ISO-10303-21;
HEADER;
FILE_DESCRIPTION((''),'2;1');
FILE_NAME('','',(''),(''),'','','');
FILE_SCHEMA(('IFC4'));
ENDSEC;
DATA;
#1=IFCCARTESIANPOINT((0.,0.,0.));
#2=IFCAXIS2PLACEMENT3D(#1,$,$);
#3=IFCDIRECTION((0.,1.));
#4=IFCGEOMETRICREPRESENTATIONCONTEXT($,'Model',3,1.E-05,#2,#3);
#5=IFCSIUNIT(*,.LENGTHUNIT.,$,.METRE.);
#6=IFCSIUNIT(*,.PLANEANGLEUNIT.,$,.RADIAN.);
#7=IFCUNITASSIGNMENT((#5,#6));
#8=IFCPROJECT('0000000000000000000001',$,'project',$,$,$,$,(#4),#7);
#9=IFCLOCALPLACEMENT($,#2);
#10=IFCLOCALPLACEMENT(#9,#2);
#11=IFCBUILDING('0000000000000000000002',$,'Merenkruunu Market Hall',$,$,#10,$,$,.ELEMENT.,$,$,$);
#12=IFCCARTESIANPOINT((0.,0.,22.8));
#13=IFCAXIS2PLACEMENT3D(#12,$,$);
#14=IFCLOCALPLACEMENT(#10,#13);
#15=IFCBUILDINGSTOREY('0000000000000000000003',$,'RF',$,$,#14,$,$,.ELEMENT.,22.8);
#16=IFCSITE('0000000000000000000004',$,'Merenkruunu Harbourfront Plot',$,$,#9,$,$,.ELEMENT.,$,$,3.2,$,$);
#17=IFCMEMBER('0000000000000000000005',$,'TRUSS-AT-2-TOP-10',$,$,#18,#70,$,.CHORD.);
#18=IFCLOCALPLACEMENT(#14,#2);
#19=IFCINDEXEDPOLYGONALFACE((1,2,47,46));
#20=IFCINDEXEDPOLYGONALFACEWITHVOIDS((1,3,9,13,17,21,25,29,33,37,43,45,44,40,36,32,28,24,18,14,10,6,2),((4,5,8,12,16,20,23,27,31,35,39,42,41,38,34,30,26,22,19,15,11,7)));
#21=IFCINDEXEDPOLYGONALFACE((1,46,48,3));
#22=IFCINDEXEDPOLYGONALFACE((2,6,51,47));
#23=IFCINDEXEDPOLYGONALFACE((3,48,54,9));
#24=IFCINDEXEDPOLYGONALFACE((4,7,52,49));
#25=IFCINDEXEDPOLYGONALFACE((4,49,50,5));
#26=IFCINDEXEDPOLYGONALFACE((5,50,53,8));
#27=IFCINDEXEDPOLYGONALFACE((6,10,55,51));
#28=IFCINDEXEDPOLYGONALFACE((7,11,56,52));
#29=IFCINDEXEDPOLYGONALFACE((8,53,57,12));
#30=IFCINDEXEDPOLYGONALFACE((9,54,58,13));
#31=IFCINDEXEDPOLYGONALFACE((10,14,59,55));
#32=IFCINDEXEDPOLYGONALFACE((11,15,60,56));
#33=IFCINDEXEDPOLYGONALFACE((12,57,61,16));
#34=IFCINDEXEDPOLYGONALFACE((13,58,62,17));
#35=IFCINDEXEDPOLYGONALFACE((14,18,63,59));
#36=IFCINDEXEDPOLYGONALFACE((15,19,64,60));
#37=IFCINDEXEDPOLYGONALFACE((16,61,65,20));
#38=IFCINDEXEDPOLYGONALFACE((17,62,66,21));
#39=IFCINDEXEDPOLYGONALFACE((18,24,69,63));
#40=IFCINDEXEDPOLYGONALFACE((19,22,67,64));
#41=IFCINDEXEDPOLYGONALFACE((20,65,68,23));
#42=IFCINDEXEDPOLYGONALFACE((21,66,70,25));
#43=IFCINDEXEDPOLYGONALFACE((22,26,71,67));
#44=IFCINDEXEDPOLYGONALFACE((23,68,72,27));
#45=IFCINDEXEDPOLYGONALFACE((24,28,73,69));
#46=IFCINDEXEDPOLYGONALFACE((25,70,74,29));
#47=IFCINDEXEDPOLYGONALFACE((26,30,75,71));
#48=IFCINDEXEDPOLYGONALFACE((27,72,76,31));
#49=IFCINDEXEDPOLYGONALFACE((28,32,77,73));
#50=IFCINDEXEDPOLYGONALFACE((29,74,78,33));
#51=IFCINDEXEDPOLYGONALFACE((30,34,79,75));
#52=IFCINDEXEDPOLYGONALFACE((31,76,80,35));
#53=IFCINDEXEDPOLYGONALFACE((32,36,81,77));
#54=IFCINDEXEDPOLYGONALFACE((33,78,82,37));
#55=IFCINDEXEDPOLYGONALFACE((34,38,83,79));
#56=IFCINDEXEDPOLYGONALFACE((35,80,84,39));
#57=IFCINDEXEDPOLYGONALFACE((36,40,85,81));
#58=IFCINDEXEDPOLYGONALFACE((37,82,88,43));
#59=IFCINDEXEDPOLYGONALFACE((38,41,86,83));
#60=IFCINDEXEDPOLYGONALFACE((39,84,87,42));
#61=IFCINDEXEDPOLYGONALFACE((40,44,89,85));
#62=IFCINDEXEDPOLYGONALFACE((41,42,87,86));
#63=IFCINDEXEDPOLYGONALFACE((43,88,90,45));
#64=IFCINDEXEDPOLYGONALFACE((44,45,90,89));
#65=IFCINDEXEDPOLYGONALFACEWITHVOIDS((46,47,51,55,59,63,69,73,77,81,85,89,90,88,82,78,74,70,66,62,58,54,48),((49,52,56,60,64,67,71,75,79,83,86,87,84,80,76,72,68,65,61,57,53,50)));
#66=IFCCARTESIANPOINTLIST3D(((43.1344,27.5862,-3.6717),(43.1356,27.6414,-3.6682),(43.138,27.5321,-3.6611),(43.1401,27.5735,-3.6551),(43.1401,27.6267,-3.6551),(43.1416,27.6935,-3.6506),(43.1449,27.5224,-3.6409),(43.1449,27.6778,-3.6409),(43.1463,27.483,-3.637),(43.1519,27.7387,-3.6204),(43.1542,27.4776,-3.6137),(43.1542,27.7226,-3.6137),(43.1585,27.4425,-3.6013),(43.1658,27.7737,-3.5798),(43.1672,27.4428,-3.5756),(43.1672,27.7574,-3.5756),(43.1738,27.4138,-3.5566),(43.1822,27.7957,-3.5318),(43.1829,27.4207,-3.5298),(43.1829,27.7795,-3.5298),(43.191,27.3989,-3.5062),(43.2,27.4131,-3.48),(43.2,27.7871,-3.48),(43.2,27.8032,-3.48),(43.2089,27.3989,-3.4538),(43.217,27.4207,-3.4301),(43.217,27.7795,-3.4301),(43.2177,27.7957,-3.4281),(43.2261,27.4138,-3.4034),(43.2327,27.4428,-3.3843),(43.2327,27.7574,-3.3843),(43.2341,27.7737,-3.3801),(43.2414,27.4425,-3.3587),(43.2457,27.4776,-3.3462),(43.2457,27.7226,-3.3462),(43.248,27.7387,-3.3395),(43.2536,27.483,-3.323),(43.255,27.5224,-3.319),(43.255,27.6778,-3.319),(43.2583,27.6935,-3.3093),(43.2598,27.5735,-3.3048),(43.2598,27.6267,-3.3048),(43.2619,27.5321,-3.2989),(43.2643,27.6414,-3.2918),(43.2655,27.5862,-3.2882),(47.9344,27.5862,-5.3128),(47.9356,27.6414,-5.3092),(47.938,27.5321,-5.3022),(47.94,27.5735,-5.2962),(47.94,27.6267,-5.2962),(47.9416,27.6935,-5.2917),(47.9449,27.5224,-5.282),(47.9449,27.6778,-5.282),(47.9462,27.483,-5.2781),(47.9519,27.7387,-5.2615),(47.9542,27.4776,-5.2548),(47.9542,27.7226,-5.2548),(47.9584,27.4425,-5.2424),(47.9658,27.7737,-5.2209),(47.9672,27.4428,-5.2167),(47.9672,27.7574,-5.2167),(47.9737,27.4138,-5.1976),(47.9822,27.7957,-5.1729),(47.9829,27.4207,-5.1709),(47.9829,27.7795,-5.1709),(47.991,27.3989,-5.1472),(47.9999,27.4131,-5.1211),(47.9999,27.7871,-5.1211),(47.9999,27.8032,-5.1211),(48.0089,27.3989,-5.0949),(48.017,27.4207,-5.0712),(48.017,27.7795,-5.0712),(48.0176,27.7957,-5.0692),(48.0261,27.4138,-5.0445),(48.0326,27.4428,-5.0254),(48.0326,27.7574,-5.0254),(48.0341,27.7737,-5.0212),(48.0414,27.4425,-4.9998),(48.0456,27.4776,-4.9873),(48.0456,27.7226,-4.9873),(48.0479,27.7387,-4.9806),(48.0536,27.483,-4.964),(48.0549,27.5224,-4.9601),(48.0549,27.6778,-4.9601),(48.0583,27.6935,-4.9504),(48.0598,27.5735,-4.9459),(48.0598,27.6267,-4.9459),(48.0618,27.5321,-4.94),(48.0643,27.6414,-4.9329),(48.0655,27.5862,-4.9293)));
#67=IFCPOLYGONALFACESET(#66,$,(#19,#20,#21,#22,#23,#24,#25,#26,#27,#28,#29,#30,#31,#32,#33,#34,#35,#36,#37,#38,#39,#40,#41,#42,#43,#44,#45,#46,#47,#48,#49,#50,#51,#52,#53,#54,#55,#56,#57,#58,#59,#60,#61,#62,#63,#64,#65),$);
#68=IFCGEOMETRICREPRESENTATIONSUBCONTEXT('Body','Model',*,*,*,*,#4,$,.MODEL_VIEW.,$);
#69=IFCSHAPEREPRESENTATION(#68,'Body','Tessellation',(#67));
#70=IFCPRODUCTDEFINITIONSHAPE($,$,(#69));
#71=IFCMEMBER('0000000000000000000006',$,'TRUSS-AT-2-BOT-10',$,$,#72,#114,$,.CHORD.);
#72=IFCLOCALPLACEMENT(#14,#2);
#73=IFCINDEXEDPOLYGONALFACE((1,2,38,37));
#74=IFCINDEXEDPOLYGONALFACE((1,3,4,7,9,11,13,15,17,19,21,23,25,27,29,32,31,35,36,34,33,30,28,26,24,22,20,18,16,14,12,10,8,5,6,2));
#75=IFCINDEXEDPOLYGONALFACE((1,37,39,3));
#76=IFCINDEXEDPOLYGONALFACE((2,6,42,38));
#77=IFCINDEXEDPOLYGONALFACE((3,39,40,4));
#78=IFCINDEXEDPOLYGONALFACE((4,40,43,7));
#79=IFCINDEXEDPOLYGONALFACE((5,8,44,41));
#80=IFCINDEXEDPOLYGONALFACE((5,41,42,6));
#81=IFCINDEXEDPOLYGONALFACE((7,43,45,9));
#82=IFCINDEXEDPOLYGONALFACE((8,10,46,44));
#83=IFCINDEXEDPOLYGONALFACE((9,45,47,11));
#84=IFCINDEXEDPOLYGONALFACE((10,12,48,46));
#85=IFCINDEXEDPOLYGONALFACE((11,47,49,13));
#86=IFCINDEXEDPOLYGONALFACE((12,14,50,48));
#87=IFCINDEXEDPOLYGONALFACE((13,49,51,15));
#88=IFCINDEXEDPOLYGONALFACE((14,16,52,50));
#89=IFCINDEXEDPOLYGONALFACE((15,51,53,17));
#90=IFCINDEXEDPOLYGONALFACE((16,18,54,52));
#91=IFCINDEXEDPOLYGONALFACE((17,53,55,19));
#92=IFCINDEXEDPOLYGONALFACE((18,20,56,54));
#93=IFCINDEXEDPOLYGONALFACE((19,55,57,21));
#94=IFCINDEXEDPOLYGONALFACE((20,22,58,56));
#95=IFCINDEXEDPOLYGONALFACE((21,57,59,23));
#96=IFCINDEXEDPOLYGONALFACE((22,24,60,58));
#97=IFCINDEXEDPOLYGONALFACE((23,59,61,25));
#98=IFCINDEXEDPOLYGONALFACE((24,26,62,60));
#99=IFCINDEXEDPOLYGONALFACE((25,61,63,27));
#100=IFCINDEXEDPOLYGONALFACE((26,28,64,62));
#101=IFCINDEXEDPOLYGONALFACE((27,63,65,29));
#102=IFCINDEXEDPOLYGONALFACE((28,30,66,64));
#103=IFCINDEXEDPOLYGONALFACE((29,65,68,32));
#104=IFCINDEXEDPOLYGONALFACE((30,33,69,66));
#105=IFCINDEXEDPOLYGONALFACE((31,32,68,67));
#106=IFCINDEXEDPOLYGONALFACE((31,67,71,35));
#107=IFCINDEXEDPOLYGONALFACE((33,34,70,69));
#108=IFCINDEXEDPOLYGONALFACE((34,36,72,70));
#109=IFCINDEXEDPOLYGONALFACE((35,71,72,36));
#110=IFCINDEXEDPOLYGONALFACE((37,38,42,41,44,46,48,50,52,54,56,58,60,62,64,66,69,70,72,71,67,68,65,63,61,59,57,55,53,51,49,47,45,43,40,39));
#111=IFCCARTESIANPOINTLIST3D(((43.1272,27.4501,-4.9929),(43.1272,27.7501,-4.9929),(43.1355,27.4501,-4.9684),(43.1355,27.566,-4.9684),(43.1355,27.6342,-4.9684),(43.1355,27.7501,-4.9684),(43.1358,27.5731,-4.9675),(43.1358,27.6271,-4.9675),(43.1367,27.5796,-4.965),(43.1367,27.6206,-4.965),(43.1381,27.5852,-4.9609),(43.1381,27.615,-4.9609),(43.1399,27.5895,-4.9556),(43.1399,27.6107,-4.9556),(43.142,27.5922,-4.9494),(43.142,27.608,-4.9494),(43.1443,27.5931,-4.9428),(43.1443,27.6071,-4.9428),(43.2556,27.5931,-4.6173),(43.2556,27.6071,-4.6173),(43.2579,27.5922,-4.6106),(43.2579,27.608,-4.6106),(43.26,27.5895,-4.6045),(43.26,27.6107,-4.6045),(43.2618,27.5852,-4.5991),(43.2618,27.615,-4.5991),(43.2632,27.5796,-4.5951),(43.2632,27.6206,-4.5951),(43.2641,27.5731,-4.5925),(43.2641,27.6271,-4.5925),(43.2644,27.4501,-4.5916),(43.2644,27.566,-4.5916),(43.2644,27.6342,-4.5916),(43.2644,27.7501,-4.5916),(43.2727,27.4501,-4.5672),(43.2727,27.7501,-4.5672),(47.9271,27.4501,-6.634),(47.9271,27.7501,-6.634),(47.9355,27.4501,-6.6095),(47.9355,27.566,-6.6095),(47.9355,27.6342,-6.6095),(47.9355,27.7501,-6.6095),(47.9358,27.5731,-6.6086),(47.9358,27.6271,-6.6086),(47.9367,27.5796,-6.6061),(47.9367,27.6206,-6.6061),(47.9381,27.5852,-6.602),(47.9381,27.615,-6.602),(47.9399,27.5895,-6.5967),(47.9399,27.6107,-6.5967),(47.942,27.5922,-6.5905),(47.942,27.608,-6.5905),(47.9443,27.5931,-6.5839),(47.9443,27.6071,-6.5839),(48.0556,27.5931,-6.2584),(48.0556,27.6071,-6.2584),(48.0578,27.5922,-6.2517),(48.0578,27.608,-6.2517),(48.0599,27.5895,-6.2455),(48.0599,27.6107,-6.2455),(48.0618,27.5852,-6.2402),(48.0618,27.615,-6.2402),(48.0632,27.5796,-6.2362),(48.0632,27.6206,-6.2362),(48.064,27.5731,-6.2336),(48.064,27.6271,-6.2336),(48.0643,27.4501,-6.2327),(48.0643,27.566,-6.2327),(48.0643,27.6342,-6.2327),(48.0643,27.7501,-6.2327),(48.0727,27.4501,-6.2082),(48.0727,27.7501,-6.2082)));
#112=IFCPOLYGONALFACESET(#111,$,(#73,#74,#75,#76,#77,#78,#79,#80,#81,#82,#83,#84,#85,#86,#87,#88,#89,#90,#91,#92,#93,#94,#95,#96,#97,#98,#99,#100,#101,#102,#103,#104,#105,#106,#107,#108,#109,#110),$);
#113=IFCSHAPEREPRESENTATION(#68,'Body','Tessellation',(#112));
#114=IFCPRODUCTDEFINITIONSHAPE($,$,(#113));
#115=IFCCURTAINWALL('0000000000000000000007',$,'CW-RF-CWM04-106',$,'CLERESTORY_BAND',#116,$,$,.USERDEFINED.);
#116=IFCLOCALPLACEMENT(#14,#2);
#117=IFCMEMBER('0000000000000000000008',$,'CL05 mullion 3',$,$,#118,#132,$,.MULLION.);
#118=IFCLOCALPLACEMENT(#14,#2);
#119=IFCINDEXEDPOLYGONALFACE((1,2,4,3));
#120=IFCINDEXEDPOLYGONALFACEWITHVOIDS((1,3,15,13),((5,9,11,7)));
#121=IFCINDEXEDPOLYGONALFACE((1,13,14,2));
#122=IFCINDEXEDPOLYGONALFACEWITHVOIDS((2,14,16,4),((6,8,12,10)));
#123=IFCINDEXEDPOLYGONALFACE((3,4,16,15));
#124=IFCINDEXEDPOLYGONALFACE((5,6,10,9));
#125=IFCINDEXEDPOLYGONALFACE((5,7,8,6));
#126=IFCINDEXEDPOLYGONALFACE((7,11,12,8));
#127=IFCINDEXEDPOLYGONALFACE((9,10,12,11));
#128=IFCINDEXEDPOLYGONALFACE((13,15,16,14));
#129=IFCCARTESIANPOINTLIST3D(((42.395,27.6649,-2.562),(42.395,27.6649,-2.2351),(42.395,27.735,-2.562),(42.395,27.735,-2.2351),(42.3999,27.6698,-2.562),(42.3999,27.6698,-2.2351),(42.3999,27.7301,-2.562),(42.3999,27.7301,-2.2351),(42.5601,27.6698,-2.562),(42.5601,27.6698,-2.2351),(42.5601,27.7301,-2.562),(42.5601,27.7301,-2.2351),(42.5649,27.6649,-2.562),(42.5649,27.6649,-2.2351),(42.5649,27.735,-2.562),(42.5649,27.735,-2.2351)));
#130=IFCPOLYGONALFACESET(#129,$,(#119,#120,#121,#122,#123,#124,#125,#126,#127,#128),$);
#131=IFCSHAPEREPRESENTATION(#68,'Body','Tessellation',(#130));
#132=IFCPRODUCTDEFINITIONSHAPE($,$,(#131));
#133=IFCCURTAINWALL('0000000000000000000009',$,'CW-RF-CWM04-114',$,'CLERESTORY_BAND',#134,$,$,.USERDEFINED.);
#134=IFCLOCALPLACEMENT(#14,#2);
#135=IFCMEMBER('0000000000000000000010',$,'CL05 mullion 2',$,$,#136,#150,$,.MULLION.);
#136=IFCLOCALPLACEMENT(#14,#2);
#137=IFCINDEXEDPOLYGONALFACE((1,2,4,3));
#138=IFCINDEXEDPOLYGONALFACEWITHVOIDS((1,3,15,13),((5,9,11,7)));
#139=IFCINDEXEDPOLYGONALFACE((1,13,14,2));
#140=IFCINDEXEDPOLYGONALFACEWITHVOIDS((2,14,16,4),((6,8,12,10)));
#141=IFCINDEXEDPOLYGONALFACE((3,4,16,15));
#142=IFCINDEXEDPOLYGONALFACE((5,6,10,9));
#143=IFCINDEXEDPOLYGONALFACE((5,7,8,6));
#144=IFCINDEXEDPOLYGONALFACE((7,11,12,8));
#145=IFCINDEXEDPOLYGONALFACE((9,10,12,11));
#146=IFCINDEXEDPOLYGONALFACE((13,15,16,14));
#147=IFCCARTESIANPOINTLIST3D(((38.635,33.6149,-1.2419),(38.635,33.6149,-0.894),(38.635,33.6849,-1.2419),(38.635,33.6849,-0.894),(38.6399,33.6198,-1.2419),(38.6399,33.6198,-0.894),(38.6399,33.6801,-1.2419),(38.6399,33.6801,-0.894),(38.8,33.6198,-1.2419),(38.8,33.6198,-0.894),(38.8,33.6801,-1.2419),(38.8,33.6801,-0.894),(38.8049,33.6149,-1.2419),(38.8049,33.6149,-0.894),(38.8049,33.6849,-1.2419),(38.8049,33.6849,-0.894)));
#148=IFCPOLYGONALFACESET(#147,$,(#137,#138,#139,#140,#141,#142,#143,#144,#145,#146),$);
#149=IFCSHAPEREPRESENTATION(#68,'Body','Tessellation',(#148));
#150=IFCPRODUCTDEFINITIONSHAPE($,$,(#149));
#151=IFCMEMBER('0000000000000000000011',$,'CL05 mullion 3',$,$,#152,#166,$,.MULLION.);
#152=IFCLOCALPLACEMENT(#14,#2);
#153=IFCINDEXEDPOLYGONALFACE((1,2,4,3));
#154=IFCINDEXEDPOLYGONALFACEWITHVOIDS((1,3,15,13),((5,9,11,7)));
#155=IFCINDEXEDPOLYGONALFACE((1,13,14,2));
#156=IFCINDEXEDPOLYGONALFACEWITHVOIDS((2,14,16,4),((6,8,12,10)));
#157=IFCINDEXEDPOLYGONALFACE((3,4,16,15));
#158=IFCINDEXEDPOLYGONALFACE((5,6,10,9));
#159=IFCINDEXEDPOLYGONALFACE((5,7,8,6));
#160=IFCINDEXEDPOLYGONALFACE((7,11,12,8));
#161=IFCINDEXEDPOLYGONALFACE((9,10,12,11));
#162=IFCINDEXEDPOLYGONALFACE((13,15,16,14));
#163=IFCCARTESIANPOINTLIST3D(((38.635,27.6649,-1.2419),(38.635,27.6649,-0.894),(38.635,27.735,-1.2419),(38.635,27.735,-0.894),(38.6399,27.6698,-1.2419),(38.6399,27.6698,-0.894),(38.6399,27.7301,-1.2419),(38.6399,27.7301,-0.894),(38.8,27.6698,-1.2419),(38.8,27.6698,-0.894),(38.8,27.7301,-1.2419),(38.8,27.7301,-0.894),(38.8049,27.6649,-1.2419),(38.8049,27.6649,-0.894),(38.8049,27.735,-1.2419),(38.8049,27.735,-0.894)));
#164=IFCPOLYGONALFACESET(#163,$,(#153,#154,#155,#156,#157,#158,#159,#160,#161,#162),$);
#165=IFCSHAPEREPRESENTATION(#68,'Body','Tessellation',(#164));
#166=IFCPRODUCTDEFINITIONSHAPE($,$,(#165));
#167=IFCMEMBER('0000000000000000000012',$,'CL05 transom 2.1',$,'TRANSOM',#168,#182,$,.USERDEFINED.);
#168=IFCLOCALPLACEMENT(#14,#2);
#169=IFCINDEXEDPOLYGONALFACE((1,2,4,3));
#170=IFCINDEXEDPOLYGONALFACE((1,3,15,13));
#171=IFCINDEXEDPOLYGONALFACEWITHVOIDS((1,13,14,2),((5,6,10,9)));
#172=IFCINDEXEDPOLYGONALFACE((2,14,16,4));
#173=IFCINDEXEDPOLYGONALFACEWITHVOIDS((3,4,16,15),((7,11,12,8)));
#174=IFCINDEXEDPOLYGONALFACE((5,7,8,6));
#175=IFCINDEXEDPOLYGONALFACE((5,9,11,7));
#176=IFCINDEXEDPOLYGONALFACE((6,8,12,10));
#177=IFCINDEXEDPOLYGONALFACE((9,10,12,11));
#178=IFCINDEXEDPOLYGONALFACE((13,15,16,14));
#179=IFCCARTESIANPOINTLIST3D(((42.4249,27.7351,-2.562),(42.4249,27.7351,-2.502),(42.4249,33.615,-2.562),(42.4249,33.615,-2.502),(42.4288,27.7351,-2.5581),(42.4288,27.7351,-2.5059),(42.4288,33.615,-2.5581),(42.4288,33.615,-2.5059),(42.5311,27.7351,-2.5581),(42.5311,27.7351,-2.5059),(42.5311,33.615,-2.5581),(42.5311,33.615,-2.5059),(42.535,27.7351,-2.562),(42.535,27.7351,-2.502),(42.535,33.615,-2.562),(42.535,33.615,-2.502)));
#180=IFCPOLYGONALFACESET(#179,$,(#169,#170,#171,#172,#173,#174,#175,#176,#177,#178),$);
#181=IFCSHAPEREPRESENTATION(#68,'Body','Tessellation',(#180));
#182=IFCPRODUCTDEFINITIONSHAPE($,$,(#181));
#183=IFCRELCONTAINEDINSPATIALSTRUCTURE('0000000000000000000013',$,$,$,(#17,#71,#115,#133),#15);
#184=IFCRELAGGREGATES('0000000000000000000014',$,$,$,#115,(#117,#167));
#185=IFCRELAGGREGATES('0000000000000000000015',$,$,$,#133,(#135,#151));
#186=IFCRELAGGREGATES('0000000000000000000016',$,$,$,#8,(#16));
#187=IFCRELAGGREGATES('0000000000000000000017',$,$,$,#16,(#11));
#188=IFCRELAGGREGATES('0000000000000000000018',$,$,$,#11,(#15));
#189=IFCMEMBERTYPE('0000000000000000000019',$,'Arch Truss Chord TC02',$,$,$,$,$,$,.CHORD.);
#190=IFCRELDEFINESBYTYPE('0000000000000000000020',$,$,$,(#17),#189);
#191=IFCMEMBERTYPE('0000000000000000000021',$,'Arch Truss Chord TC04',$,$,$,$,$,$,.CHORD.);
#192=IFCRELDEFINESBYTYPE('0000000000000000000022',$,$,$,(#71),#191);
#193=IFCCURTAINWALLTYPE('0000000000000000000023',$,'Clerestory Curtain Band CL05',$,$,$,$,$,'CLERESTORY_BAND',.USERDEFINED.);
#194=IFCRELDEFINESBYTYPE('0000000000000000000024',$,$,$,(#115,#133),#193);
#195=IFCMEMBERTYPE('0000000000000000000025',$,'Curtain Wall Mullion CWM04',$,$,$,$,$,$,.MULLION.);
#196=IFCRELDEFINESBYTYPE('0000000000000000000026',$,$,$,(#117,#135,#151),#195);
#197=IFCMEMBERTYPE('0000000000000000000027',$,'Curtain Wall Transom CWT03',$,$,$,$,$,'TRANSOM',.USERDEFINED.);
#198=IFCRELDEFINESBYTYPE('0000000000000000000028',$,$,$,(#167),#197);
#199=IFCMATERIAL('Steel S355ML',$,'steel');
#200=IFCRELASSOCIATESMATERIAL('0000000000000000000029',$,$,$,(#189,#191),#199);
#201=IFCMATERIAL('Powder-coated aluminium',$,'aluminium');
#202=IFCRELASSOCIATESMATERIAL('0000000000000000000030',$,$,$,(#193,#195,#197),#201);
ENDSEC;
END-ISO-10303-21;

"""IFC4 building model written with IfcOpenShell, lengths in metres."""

from ifc_helpers import new_model, si_unit, direction, frame, origin, origin_2d, place, context, subcontext, project, spatial, hollow_rectangle, hollow_circle, i_section, extrude, material, material_profile, profile_set, type_object, element, aggregate, save


model = new_model("IFC4")

# Units and contexts
model_context = context("Model", 3, precision=1e-05, world=origin(), true_north=direction((0.0, 1.0)))
body_context = subcontext(model_context, "Body", "Model", "MODEL_VIEW")
ifc_project = project(units=[si_unit("LENGTHUNIT", "METRE"), si_unit("PLANEANGLEUNIT", "RADIAN")], contexts=[model_context])

# Site, building, storey
site_placement = place(None, origin())
site = spatial("IfcSite", under=ifc_project, at=site_placement, Name="Merenkruunu Harbourfront Plot", CompositionType="ELEMENT", RefElevation=3.2)
building_placement = place(site_placement, origin())
building = spatial("IfcBuilding", under=site, at=building_placement, Name="Merenkruunu Market Hall", CompositionType="ELEMENT")
storey_placement = place(building_placement, frame((0.0, 0.0, 22.8)))
storey = spatial("IfcBuildingStorey", under=building, at=storey_placement, Name="RF", CompositionType="ELEMENT", Elevation=22.8)

# Members
ifc_material_1 = material(Name="Steel S355ML", Category="steel")
ifc_material_profile_1 = material_profile(ifc_material_1, hollow_circle(Radius=0.2031, WallThickness=0.0161, at=origin_2d()), Name="CHS 406.4x16")
ifc_profile_set_1 = profile_set([ifc_material_profile_1], Name="Steel S355ML")
member_type_1 = type_object("IfcMemberType", Name="Arch Truss Chord TC02", PredefinedType="CHORD", material=ifc_profile_set_1)
member_1_placement = place(storey_placement, frame((43.2, 27.6001, -3.48), z_axis=(0.946225, 0.0, -0.32351), x_axis=(0.0, 1.0, 0.0)))
element("IfcMember", 1, at=member_1_placement, inside=storey, type_object=member_type_1, Name="TRUSS-AT-2-TOP-10", PredefinedType="CHORD", context=body_context, shape_type="SweptSolid", body=[
    extrude(hollow_circle(Radius=0.2031, WallThickness=0.0161, at=origin_2d()), origin(), (0.0, 0.0, 1.0), 5.0728),
])
ifc_material_profile_2 = material_profile(ifc_material_1, i_section(OverallWidth=0.3, OverallDepth=0.45, WebThickness=0.0139, FlangeThickness=0.0259, FilletRadius=0.0271, at=origin_2d()), Name="HEB 450")
ifc_profile_set_2 = profile_set([ifc_material_profile_2], Name="Steel S355ML")
member_type_2 = type_object("IfcMemberType", Name="Arch Truss Chord TC04", PredefinedType="CHORD", material=ifc_profile_set_2)
member_2_placement = place(storey_placement, frame((43.2, 27.6001, -4.78), z_axis=(0.946225, 0.0, -0.32351), x_axis=(0.0, 1.0, 0.0)))
element("IfcMember", 2, at=member_2_placement, inside=storey, type_object=member_type_2, Name="TRUSS-AT-2-BOT-10", PredefinedType="CHORD", context=body_context, shape_type="SweptSolid", body=[
    extrude(i_section(OverallWidth=0.3, OverallDepth=0.45, WebThickness=0.0139, FlangeThickness=0.0259, FilletRadius=0.0271, at=origin_2d()), origin(), (0.0, 0.0, 1.0), 5.0728),
])

# Curtain wall, member
ifc_material_2 = material(Name="Powder-coated aluminium", Category="aluminium")
curtain_wall_type = type_object("IfcCurtainWallType", Name="Clerestory Curtain Band CL05", ElementType="CLERESTORY_BAND", PredefinedType="USERDEFINED", material=ifc_material_2)
curtain_wall_1_placement = place(storey_placement, origin())
curtain_wall_1 = element("IfcCurtainWall", 3, at=curtain_wall_1_placement, inside=storey, type_object=curtain_wall_type, Name="CW-RF-CWM04-106", ObjectType="CLERESTORY_BAND", PredefinedType="USERDEFINED")
ifc_material_profile_3 = material_profile(ifc_material_2, hollow_rectangle(XDim=0.0701, YDim=0.1699, WallThickness=0.0049, at=origin_2d()), Name="ALU 70x170x5")
ifc_profile_set_3 = profile_set([ifc_material_profile_3], Name="Powder-coated aluminium")
member_type_3 = type_object("IfcMemberType", Name="Curtain Wall Mullion CWM04", PredefinedType="MULLION", material=ifc_profile_set_3)
member_3_placement = place(storey_placement, frame((42.48, 27.7, -2.562), z_axis=(0.0, 0.0, 1.0), x_axis=(0.0, -1.0, 0.0)))
member_3 = element("IfcMember", 4, at=member_3_placement, type_object=member_type_3, Name="CL05 mullion 3", PredefinedType="MULLION", context=body_context, shape_type="SweptSolid", body=[
    extrude(hollow_rectangle(XDim=0.0701, YDim=0.1699, WallThickness=0.0049, at=origin_2d()), origin(), (0.0, 0.0, 1.0), 0.3269),
])

# Curtain wall, members
curtain_wall_2_placement = place(storey_placement, origin())
curtain_wall_2 = element("IfcCurtainWall", 5, at=curtain_wall_2_placement, inside=storey, type_object=curtain_wall_type, Name="CW-RF-CWM04-114", ObjectType="CLERESTORY_BAND", PredefinedType="USERDEFINED")
member_4_placement = place(storey_placement, frame((38.72, 33.6499, -1.2419), z_axis=(0.0, 0.0, 1.0), x_axis=(0.0, -1.0, 0.0)))
member_4 = element("IfcMember", 6, at=member_4_placement, type_object=member_type_3, Name="CL05 mullion 2", PredefinedType="MULLION", context=body_context, shape_type="SweptSolid", body=[
    extrude(hollow_rectangle(XDim=0.0701, YDim=0.1699, WallThickness=0.0049, at=origin_2d()), origin(), (0.0, 0.0, 1.0), 0.3479),
])
member_5_placement = place(storey_placement, frame((38.72, 27.7, -1.2419), z_axis=(0.0, 0.0, 1.0), x_axis=(0.0, -1.0, 0.0)))
member_5 = element("IfcMember", 7, at=member_5_placement, type_object=member_type_3, Name="CL05 mullion 3", PredefinedType="MULLION", context=body_context, shape_type="SweptSolid", body=[
    extrude(hollow_rectangle(XDim=0.0701, YDim=0.1699, WallThickness=0.0049, at=origin_2d()), origin(), (0.0, 0.0, 1.0), 0.3479),
])

# Member
ifc_material_profile_4 = material_profile(ifc_material_2, hollow_rectangle(XDim=0.0601, YDim=0.1101, WallThickness=0.0039, at=origin_2d()), Name="ALU 60x110x4")
ifc_profile_set_4 = profile_set([ifc_material_profile_4], Name="Powder-coated aluminium")
member_type_4 = type_object("IfcMemberType", Name="Curtain Wall Transom CWT03", ElementType="TRANSOM", PredefinedType="USERDEFINED", material=ifc_profile_set_4)
member_6_placement = place(storey_placement, frame((42.48, 33.615, -2.532), z_axis=(0.0, -1.0, 0.0), x_axis=(0.0, 0.0, 1.0)))
member_6 = element("IfcMember", 8, at=member_6_placement, type_object=member_type_4, Name="CL05 transom 2.1", ObjectType="TRANSOM", PredefinedType="USERDEFINED", context=body_context, shape_type="SweptSolid", body=[
    extrude(hollow_rectangle(XDim=0.0601, YDim=0.1101, WallThickness=0.0039, at=origin_2d()), origin(), (0.0, 0.0, 1.0), 5.8799),
])

aggregate(curtain_wall_1, [member_3, member_6])
aggregate(curtain_wall_2, [member_4, member_5])

save(model, "model.ifc")
